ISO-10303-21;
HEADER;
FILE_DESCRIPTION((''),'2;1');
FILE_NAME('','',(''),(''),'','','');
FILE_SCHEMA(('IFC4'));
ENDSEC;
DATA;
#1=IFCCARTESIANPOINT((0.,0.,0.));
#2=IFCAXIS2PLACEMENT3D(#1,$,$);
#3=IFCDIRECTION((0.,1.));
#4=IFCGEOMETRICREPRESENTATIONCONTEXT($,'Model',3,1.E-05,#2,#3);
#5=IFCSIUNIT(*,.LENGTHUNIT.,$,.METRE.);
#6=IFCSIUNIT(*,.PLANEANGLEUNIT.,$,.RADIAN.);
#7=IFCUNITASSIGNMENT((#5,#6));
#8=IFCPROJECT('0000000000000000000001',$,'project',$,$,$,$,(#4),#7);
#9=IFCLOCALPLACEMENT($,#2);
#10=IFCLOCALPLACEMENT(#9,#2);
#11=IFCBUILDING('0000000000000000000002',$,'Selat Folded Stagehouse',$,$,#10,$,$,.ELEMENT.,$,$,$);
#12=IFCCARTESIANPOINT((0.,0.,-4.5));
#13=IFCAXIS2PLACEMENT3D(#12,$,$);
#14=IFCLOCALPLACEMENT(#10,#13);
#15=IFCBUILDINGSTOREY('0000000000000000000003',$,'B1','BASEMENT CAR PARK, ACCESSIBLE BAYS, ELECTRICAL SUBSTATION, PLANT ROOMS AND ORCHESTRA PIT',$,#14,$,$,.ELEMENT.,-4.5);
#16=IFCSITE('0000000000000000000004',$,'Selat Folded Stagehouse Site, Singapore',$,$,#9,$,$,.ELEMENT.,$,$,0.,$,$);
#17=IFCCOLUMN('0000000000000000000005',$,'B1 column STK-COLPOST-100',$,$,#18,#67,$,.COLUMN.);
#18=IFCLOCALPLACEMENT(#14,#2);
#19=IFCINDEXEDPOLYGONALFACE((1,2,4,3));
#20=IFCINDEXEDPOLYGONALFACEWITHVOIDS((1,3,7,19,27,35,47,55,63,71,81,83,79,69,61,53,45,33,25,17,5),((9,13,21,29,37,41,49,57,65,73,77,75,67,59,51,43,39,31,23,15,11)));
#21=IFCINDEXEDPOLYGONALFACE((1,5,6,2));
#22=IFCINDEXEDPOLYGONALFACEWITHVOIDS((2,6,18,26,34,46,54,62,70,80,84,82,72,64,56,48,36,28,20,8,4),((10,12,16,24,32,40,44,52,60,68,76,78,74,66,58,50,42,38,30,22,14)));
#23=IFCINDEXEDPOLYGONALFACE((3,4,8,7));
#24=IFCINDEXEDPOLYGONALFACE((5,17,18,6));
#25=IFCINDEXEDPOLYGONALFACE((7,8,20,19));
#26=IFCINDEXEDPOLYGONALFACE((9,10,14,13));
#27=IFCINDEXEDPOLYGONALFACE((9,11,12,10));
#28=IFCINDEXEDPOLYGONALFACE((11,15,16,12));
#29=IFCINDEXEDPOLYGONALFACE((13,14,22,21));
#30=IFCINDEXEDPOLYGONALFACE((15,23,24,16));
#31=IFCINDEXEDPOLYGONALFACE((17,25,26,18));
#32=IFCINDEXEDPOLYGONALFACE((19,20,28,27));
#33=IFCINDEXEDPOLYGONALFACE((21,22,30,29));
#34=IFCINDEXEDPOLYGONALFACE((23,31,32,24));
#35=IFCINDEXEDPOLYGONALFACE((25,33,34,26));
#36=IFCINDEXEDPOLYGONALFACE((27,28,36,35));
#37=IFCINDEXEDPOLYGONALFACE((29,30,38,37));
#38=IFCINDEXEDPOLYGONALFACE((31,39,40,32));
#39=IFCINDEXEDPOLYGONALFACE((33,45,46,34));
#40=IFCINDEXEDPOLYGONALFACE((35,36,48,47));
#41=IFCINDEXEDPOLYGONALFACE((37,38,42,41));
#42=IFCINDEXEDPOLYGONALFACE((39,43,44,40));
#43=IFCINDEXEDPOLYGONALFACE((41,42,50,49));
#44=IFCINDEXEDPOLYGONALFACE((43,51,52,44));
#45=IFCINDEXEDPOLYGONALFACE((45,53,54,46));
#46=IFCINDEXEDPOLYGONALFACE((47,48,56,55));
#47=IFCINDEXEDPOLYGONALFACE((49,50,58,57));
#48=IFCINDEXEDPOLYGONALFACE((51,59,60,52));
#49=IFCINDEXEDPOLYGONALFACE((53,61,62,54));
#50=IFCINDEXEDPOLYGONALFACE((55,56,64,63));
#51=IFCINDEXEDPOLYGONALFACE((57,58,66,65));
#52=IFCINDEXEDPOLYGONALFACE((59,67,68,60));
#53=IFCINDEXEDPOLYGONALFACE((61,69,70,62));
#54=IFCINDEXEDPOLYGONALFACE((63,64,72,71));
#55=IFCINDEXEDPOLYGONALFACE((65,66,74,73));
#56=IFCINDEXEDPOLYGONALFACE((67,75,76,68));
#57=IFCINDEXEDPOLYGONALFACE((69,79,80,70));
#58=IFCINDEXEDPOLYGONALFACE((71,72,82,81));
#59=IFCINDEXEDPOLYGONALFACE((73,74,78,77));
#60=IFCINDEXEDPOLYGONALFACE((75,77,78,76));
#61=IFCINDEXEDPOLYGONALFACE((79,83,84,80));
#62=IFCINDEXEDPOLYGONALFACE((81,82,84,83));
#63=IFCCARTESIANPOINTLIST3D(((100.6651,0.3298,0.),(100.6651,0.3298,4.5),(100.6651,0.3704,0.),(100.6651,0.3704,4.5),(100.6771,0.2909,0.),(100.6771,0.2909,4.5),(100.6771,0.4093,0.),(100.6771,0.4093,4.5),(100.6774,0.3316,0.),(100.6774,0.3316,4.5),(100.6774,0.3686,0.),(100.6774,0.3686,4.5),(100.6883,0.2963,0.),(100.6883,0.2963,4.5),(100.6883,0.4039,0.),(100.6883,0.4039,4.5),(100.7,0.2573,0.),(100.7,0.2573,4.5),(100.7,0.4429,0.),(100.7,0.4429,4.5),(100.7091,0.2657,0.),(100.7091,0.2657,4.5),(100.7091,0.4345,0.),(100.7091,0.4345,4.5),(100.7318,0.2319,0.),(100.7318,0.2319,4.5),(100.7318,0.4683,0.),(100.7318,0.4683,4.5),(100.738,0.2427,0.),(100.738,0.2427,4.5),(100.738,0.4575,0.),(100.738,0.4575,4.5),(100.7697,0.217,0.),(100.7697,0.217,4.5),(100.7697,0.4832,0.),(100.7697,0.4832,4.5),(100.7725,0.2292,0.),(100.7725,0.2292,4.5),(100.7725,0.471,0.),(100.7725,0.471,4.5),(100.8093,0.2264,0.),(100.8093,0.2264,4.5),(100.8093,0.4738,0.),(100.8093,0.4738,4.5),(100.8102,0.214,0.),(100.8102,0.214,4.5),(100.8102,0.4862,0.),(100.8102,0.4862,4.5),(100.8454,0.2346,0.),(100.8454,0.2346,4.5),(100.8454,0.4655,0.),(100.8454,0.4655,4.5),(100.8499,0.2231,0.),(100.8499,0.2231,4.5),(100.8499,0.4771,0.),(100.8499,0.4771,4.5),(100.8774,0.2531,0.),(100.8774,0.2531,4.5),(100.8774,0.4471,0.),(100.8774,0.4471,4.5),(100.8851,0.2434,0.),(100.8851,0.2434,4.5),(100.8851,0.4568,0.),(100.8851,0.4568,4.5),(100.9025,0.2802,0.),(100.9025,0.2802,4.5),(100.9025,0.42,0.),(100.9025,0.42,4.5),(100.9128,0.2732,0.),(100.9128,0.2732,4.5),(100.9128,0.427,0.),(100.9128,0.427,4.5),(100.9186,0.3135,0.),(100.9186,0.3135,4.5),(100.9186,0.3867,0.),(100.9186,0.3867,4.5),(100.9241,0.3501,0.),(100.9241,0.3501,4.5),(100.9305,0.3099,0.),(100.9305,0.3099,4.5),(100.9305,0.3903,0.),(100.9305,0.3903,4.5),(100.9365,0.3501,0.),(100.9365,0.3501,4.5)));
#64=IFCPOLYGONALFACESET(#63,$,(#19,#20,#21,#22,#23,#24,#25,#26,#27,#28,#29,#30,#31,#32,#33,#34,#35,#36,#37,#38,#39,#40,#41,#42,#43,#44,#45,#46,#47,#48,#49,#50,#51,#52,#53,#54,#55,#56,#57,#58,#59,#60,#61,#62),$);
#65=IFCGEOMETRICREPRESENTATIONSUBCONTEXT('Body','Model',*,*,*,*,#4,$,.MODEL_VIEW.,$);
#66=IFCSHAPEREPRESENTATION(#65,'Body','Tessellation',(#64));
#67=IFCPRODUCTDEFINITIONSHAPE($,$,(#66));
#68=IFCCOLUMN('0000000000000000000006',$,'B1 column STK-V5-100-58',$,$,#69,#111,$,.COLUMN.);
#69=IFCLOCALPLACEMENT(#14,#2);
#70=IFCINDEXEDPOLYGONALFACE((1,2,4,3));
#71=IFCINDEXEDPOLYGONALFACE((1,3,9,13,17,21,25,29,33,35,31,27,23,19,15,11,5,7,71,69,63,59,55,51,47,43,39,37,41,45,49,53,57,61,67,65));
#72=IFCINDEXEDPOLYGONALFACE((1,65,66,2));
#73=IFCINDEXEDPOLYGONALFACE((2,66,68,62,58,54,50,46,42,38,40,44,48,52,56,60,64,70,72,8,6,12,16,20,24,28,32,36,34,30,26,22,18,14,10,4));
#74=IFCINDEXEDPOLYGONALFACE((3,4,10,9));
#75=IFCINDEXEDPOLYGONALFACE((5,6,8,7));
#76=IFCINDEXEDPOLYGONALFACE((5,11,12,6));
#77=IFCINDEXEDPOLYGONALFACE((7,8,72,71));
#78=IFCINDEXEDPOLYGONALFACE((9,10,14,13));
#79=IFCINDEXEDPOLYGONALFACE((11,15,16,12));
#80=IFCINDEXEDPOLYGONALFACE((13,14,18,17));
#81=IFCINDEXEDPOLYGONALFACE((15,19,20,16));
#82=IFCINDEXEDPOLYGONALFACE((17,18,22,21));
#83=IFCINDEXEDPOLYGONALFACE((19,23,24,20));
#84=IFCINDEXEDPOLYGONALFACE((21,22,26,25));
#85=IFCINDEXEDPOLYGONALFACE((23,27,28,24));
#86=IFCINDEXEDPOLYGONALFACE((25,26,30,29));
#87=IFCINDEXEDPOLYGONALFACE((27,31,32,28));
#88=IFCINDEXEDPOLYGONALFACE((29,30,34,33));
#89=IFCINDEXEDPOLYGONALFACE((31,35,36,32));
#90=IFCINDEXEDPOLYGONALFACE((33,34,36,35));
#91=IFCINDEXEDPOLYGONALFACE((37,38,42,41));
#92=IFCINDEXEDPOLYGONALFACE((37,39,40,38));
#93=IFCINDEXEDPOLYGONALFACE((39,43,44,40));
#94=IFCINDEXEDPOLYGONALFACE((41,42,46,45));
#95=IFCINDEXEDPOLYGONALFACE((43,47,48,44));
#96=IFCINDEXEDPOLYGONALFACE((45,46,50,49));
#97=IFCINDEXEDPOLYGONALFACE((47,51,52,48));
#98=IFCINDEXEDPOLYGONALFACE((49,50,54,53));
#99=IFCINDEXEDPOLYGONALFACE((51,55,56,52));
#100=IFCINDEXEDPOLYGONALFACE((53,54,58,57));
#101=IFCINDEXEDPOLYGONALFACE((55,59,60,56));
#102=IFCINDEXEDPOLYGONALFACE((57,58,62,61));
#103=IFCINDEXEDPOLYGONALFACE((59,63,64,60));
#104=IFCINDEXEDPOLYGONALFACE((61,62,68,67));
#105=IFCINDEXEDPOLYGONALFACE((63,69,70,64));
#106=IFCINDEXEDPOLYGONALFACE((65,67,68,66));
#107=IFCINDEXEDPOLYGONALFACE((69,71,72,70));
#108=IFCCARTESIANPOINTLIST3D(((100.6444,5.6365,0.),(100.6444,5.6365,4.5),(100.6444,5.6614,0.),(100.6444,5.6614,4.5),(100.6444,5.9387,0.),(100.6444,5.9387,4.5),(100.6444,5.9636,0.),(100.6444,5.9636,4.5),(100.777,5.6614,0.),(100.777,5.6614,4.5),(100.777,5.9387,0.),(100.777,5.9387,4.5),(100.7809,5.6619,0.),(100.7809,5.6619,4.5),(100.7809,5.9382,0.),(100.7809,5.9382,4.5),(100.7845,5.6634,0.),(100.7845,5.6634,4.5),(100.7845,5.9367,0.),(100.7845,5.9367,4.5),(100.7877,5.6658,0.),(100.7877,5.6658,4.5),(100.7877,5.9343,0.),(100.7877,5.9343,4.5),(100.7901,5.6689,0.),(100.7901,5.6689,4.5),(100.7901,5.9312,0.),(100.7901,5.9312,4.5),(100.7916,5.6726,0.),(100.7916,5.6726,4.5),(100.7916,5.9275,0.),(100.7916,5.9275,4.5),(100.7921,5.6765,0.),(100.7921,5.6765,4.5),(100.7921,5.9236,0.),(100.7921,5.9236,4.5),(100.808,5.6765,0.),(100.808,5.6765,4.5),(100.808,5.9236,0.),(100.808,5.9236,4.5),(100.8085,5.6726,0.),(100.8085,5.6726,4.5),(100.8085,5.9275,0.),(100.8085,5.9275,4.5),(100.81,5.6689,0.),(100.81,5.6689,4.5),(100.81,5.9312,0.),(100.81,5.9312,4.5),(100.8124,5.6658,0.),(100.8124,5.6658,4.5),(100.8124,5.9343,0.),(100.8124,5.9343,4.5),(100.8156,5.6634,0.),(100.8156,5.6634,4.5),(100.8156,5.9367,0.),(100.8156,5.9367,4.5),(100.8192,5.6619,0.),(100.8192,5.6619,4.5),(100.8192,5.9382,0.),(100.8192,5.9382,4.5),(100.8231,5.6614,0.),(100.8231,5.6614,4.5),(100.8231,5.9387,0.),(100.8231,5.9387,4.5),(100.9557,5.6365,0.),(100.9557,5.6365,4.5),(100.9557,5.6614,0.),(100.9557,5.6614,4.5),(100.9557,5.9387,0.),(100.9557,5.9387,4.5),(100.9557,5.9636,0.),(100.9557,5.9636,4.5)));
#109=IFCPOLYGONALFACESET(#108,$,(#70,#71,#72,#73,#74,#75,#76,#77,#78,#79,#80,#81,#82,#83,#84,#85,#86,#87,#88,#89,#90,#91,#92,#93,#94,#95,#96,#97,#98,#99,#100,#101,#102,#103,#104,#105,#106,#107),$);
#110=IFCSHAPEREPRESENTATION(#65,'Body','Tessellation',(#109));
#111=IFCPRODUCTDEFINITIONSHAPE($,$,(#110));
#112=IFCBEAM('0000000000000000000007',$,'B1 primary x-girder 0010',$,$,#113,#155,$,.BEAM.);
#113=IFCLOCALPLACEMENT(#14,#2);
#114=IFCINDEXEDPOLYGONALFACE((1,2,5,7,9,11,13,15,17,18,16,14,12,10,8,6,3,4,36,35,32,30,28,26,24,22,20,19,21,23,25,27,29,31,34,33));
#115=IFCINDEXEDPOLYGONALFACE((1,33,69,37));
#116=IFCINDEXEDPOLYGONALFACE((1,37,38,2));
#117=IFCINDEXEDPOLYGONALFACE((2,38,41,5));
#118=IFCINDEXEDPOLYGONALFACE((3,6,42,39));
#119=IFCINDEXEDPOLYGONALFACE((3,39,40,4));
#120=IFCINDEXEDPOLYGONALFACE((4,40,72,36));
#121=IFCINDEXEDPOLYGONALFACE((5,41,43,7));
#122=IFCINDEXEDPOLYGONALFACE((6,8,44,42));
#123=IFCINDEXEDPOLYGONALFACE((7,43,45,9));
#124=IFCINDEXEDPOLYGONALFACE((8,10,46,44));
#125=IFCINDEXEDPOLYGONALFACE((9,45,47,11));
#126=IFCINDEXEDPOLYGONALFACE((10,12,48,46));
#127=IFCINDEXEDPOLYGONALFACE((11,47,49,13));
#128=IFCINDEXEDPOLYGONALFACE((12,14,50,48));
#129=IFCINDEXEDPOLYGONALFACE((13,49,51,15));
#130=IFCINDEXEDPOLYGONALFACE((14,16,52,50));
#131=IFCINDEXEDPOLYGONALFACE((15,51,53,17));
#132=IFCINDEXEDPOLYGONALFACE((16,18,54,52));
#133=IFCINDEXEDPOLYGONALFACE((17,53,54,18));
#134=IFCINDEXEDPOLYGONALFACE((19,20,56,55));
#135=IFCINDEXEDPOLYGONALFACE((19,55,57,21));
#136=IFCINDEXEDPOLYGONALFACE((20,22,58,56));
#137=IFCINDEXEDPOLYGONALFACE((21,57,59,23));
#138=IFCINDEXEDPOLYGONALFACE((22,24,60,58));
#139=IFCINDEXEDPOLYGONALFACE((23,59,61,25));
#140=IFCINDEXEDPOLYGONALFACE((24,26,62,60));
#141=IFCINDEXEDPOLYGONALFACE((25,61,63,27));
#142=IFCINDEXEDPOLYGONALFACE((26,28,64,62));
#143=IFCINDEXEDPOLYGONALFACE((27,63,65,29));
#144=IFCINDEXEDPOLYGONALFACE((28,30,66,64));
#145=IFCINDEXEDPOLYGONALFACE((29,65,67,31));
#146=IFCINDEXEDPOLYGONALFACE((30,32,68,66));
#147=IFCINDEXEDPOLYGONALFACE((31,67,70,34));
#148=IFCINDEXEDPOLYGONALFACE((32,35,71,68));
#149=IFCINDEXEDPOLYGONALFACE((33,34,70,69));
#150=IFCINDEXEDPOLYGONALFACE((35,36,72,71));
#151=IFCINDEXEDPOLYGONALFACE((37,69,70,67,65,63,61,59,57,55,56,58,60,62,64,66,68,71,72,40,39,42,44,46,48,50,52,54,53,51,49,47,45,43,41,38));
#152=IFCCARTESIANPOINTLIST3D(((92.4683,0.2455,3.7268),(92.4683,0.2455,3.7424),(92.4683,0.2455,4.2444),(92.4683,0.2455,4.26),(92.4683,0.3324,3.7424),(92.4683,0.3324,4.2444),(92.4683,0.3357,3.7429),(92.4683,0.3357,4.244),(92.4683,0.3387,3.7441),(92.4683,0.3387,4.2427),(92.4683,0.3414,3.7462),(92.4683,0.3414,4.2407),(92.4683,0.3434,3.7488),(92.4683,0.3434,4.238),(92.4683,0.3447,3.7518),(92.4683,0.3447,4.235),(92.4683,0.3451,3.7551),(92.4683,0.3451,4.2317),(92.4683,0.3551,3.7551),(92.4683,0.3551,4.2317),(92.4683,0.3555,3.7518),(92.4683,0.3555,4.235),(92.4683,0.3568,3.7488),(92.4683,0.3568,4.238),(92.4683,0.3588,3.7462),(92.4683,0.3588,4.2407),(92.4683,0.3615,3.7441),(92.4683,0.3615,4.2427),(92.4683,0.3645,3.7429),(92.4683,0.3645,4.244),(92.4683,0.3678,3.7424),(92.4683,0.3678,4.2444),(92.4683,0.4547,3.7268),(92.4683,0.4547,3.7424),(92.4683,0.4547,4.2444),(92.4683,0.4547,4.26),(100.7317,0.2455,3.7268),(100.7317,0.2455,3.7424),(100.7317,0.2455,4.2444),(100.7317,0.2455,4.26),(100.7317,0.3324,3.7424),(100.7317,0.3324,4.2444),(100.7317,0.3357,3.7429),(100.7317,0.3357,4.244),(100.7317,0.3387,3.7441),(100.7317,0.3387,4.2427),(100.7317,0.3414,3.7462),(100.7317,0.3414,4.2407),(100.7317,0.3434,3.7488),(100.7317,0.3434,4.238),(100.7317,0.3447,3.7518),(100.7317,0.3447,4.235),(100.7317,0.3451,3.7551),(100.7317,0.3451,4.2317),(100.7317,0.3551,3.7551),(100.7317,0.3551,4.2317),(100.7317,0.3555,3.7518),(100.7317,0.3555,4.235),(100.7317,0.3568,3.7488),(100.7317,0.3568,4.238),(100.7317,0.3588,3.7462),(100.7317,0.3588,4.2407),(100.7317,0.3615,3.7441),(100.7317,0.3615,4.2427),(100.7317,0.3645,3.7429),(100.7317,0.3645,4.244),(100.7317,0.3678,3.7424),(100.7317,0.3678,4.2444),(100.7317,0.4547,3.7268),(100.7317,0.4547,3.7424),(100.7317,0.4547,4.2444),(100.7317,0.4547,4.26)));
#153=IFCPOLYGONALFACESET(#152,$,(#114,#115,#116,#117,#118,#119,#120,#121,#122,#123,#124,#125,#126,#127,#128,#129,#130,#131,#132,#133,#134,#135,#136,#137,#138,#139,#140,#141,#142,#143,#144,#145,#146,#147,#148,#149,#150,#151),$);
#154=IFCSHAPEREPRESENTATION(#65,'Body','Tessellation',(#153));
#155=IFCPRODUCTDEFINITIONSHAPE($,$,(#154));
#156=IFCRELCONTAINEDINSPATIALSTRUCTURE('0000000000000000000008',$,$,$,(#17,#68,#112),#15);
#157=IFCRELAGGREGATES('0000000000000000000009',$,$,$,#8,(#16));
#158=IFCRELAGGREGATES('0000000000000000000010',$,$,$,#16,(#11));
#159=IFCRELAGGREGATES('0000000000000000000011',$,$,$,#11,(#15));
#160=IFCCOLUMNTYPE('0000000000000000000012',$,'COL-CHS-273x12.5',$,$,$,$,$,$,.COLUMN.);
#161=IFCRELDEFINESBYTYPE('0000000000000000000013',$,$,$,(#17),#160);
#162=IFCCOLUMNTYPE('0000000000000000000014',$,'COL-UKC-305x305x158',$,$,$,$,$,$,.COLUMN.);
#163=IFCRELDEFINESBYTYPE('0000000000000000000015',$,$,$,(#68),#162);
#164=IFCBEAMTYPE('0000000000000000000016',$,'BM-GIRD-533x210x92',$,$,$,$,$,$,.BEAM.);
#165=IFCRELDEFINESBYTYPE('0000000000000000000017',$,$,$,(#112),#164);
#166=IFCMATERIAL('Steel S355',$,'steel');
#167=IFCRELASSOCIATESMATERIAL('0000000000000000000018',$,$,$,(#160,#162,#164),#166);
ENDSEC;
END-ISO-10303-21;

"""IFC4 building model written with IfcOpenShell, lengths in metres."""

from ifc_helpers import new_model, si_unit, direction, frame, origin, origin_2d, place, context, subcontext, project, spatial, hollow_circle, i_section, extrude, material, material_profile, profile_set, type_object, element, save


model = new_model("IFC4")

# Units and contexts
model_context = context("Model", 3, precision=1e-05, world=origin(), true_north=direction((0.0, 1.0)))
body_context = subcontext(model_context, "Body", "Model", "MODEL_VIEW")
ifc_project = project(units=[si_unit("LENGTHUNIT", "METRE"), si_unit("PLANEANGLEUNIT", "RADIAN")], contexts=[model_context])

# Site, building, storey
site_placement = place(None, origin())
site = spatial("IfcSite", under=ifc_project, at=site_placement, Name="Selat Folded Stagehouse Site, Singapore", CompositionType="ELEMENT", RefElevation=0.0)
building_placement = place(site_placement, origin())
building = spatial("IfcBuilding", under=site, at=building_placement, Name="Selat Folded Stagehouse", CompositionType="ELEMENT")
storey_placement = place(building_placement, frame((0.0, 0.0, -4.5)))
storey = spatial("IfcBuildingStorey", under=building, at=storey_placement, Name="B1", Description="BASEMENT CAR PARK, ACCESSIBLE BAYS, ELECTRICAL SUBSTATION, PLANT ROOMS AND ORCHESTRA PIT", CompositionType="ELEMENT", Elevation=-4.5)

# Columns
ifc_material_1 = material(Name="Steel S355", Category="steel")
ifc_material_profile_1 = material_profile(ifc_material_1, hollow_circle(Radius=0.1365, WallThickness=0.0125, at=origin_2d()), Name="CHS 273.0x12.5")
ifc_profile_set_1 = profile_set([ifc_material_profile_1], Name="Steel S355")
column_type_1 = type_object("IfcColumnType", Name="COL-CHS-273x12.5", PredefinedType="COLUMN", material=ifc_profile_set_1)
column_1_placement = place(storey_placement, frame((100.8, 0.3501, 0.0), z_axis=(0.0, 0.0, 1.0), x_axis=(1.0, 0.0, 0.0)))
element("IfcColumn", 1, at=column_1_placement, inside=storey, type_object=column_type_1, Name="B1 column STK-COLPOST-100", PredefinedType="COLUMN", context=body_context, shape_type="SweptSolid", body=[
    extrude(hollow_circle(Radius=0.1365, WallThickness=0.0125, at=origin_2d()), origin(), (0.0, 0.0, 1.0), 4.5),
])
ifc_material_profile_2 = material_profile(ifc_material_1, i_section(OverallWidth=0.3113, OverallDepth=0.3271, WebThickness=0.0159, FlangeThickness=0.0249, FilletRadius=0.0151, at=origin_2d()), Name="UKC 305x305x158")
ifc_profile_set_2 = profile_set([ifc_material_profile_2], Name="Steel S355")
column_type_2 = type_object("IfcColumnType", Name="COL-UKC-305x305x158", PredefinedType="COLUMN", material=ifc_profile_set_2)
column_2_placement = place(storey_placement, frame((100.8, 5.8, 0.0), z_axis=(0.0, 0.0, 1.0), x_axis=(1.0, 0.0, 0.0)))
element("IfcColumn", 2, at=column_2_placement, inside=storey, type_object=column_type_2, Name="B1 column STK-V5-100-58", PredefinedType="COLUMN", context=body_context, shape_type="SweptSolid", body=[
    extrude(i_section(OverallWidth=0.3113, OverallDepth=0.3271, WebThickness=0.0159, FlangeThickness=0.0249, FilletRadius=0.0151, at=origin_2d()), origin(), (0.0, 0.0, 1.0), 4.5),
])

# Beam
ifc_material_profile_3 = material_profile(ifc_material_1, i_section(OverallWidth=0.2092, OverallDepth=0.5332, WebThickness=0.01, FlangeThickness=0.0156, FilletRadius=0.0127, at=origin_2d()), Name="UKB 533x210x92")
ifc_profile_set_3 = profile_set([ifc_material_profile_3], Name="Steel S355")
beam_type_1 = type_object("IfcBeamType", Name="BM-GIRD-533x210x92", PredefinedType="BEAM", material=ifc_profile_set_3)
beam_1_placement = place(storey_placement, frame((92.4683, 0.3501, 3.9934), z_axis=(1.0, 0.0, 0.0), x_axis=(0.0, 1.0, 0.0)))
element("IfcBeam", 3, at=beam_1_placement, inside=storey, type_object=beam_type_1, Name="B1 primary x-girder 0010", PredefinedType="BEAM", context=body_context, shape_type="SweptSolid", body=[
    extrude(i_section(OverallWidth=0.2092, OverallDepth=0.5332, WebThickness=0.01, FlangeThickness=0.0156, FilletRadius=0.0127, at=origin_2d()), origin(), (0.0, 0.0, 1.0), 8.2634),
])

save(model, "model.ifc")
